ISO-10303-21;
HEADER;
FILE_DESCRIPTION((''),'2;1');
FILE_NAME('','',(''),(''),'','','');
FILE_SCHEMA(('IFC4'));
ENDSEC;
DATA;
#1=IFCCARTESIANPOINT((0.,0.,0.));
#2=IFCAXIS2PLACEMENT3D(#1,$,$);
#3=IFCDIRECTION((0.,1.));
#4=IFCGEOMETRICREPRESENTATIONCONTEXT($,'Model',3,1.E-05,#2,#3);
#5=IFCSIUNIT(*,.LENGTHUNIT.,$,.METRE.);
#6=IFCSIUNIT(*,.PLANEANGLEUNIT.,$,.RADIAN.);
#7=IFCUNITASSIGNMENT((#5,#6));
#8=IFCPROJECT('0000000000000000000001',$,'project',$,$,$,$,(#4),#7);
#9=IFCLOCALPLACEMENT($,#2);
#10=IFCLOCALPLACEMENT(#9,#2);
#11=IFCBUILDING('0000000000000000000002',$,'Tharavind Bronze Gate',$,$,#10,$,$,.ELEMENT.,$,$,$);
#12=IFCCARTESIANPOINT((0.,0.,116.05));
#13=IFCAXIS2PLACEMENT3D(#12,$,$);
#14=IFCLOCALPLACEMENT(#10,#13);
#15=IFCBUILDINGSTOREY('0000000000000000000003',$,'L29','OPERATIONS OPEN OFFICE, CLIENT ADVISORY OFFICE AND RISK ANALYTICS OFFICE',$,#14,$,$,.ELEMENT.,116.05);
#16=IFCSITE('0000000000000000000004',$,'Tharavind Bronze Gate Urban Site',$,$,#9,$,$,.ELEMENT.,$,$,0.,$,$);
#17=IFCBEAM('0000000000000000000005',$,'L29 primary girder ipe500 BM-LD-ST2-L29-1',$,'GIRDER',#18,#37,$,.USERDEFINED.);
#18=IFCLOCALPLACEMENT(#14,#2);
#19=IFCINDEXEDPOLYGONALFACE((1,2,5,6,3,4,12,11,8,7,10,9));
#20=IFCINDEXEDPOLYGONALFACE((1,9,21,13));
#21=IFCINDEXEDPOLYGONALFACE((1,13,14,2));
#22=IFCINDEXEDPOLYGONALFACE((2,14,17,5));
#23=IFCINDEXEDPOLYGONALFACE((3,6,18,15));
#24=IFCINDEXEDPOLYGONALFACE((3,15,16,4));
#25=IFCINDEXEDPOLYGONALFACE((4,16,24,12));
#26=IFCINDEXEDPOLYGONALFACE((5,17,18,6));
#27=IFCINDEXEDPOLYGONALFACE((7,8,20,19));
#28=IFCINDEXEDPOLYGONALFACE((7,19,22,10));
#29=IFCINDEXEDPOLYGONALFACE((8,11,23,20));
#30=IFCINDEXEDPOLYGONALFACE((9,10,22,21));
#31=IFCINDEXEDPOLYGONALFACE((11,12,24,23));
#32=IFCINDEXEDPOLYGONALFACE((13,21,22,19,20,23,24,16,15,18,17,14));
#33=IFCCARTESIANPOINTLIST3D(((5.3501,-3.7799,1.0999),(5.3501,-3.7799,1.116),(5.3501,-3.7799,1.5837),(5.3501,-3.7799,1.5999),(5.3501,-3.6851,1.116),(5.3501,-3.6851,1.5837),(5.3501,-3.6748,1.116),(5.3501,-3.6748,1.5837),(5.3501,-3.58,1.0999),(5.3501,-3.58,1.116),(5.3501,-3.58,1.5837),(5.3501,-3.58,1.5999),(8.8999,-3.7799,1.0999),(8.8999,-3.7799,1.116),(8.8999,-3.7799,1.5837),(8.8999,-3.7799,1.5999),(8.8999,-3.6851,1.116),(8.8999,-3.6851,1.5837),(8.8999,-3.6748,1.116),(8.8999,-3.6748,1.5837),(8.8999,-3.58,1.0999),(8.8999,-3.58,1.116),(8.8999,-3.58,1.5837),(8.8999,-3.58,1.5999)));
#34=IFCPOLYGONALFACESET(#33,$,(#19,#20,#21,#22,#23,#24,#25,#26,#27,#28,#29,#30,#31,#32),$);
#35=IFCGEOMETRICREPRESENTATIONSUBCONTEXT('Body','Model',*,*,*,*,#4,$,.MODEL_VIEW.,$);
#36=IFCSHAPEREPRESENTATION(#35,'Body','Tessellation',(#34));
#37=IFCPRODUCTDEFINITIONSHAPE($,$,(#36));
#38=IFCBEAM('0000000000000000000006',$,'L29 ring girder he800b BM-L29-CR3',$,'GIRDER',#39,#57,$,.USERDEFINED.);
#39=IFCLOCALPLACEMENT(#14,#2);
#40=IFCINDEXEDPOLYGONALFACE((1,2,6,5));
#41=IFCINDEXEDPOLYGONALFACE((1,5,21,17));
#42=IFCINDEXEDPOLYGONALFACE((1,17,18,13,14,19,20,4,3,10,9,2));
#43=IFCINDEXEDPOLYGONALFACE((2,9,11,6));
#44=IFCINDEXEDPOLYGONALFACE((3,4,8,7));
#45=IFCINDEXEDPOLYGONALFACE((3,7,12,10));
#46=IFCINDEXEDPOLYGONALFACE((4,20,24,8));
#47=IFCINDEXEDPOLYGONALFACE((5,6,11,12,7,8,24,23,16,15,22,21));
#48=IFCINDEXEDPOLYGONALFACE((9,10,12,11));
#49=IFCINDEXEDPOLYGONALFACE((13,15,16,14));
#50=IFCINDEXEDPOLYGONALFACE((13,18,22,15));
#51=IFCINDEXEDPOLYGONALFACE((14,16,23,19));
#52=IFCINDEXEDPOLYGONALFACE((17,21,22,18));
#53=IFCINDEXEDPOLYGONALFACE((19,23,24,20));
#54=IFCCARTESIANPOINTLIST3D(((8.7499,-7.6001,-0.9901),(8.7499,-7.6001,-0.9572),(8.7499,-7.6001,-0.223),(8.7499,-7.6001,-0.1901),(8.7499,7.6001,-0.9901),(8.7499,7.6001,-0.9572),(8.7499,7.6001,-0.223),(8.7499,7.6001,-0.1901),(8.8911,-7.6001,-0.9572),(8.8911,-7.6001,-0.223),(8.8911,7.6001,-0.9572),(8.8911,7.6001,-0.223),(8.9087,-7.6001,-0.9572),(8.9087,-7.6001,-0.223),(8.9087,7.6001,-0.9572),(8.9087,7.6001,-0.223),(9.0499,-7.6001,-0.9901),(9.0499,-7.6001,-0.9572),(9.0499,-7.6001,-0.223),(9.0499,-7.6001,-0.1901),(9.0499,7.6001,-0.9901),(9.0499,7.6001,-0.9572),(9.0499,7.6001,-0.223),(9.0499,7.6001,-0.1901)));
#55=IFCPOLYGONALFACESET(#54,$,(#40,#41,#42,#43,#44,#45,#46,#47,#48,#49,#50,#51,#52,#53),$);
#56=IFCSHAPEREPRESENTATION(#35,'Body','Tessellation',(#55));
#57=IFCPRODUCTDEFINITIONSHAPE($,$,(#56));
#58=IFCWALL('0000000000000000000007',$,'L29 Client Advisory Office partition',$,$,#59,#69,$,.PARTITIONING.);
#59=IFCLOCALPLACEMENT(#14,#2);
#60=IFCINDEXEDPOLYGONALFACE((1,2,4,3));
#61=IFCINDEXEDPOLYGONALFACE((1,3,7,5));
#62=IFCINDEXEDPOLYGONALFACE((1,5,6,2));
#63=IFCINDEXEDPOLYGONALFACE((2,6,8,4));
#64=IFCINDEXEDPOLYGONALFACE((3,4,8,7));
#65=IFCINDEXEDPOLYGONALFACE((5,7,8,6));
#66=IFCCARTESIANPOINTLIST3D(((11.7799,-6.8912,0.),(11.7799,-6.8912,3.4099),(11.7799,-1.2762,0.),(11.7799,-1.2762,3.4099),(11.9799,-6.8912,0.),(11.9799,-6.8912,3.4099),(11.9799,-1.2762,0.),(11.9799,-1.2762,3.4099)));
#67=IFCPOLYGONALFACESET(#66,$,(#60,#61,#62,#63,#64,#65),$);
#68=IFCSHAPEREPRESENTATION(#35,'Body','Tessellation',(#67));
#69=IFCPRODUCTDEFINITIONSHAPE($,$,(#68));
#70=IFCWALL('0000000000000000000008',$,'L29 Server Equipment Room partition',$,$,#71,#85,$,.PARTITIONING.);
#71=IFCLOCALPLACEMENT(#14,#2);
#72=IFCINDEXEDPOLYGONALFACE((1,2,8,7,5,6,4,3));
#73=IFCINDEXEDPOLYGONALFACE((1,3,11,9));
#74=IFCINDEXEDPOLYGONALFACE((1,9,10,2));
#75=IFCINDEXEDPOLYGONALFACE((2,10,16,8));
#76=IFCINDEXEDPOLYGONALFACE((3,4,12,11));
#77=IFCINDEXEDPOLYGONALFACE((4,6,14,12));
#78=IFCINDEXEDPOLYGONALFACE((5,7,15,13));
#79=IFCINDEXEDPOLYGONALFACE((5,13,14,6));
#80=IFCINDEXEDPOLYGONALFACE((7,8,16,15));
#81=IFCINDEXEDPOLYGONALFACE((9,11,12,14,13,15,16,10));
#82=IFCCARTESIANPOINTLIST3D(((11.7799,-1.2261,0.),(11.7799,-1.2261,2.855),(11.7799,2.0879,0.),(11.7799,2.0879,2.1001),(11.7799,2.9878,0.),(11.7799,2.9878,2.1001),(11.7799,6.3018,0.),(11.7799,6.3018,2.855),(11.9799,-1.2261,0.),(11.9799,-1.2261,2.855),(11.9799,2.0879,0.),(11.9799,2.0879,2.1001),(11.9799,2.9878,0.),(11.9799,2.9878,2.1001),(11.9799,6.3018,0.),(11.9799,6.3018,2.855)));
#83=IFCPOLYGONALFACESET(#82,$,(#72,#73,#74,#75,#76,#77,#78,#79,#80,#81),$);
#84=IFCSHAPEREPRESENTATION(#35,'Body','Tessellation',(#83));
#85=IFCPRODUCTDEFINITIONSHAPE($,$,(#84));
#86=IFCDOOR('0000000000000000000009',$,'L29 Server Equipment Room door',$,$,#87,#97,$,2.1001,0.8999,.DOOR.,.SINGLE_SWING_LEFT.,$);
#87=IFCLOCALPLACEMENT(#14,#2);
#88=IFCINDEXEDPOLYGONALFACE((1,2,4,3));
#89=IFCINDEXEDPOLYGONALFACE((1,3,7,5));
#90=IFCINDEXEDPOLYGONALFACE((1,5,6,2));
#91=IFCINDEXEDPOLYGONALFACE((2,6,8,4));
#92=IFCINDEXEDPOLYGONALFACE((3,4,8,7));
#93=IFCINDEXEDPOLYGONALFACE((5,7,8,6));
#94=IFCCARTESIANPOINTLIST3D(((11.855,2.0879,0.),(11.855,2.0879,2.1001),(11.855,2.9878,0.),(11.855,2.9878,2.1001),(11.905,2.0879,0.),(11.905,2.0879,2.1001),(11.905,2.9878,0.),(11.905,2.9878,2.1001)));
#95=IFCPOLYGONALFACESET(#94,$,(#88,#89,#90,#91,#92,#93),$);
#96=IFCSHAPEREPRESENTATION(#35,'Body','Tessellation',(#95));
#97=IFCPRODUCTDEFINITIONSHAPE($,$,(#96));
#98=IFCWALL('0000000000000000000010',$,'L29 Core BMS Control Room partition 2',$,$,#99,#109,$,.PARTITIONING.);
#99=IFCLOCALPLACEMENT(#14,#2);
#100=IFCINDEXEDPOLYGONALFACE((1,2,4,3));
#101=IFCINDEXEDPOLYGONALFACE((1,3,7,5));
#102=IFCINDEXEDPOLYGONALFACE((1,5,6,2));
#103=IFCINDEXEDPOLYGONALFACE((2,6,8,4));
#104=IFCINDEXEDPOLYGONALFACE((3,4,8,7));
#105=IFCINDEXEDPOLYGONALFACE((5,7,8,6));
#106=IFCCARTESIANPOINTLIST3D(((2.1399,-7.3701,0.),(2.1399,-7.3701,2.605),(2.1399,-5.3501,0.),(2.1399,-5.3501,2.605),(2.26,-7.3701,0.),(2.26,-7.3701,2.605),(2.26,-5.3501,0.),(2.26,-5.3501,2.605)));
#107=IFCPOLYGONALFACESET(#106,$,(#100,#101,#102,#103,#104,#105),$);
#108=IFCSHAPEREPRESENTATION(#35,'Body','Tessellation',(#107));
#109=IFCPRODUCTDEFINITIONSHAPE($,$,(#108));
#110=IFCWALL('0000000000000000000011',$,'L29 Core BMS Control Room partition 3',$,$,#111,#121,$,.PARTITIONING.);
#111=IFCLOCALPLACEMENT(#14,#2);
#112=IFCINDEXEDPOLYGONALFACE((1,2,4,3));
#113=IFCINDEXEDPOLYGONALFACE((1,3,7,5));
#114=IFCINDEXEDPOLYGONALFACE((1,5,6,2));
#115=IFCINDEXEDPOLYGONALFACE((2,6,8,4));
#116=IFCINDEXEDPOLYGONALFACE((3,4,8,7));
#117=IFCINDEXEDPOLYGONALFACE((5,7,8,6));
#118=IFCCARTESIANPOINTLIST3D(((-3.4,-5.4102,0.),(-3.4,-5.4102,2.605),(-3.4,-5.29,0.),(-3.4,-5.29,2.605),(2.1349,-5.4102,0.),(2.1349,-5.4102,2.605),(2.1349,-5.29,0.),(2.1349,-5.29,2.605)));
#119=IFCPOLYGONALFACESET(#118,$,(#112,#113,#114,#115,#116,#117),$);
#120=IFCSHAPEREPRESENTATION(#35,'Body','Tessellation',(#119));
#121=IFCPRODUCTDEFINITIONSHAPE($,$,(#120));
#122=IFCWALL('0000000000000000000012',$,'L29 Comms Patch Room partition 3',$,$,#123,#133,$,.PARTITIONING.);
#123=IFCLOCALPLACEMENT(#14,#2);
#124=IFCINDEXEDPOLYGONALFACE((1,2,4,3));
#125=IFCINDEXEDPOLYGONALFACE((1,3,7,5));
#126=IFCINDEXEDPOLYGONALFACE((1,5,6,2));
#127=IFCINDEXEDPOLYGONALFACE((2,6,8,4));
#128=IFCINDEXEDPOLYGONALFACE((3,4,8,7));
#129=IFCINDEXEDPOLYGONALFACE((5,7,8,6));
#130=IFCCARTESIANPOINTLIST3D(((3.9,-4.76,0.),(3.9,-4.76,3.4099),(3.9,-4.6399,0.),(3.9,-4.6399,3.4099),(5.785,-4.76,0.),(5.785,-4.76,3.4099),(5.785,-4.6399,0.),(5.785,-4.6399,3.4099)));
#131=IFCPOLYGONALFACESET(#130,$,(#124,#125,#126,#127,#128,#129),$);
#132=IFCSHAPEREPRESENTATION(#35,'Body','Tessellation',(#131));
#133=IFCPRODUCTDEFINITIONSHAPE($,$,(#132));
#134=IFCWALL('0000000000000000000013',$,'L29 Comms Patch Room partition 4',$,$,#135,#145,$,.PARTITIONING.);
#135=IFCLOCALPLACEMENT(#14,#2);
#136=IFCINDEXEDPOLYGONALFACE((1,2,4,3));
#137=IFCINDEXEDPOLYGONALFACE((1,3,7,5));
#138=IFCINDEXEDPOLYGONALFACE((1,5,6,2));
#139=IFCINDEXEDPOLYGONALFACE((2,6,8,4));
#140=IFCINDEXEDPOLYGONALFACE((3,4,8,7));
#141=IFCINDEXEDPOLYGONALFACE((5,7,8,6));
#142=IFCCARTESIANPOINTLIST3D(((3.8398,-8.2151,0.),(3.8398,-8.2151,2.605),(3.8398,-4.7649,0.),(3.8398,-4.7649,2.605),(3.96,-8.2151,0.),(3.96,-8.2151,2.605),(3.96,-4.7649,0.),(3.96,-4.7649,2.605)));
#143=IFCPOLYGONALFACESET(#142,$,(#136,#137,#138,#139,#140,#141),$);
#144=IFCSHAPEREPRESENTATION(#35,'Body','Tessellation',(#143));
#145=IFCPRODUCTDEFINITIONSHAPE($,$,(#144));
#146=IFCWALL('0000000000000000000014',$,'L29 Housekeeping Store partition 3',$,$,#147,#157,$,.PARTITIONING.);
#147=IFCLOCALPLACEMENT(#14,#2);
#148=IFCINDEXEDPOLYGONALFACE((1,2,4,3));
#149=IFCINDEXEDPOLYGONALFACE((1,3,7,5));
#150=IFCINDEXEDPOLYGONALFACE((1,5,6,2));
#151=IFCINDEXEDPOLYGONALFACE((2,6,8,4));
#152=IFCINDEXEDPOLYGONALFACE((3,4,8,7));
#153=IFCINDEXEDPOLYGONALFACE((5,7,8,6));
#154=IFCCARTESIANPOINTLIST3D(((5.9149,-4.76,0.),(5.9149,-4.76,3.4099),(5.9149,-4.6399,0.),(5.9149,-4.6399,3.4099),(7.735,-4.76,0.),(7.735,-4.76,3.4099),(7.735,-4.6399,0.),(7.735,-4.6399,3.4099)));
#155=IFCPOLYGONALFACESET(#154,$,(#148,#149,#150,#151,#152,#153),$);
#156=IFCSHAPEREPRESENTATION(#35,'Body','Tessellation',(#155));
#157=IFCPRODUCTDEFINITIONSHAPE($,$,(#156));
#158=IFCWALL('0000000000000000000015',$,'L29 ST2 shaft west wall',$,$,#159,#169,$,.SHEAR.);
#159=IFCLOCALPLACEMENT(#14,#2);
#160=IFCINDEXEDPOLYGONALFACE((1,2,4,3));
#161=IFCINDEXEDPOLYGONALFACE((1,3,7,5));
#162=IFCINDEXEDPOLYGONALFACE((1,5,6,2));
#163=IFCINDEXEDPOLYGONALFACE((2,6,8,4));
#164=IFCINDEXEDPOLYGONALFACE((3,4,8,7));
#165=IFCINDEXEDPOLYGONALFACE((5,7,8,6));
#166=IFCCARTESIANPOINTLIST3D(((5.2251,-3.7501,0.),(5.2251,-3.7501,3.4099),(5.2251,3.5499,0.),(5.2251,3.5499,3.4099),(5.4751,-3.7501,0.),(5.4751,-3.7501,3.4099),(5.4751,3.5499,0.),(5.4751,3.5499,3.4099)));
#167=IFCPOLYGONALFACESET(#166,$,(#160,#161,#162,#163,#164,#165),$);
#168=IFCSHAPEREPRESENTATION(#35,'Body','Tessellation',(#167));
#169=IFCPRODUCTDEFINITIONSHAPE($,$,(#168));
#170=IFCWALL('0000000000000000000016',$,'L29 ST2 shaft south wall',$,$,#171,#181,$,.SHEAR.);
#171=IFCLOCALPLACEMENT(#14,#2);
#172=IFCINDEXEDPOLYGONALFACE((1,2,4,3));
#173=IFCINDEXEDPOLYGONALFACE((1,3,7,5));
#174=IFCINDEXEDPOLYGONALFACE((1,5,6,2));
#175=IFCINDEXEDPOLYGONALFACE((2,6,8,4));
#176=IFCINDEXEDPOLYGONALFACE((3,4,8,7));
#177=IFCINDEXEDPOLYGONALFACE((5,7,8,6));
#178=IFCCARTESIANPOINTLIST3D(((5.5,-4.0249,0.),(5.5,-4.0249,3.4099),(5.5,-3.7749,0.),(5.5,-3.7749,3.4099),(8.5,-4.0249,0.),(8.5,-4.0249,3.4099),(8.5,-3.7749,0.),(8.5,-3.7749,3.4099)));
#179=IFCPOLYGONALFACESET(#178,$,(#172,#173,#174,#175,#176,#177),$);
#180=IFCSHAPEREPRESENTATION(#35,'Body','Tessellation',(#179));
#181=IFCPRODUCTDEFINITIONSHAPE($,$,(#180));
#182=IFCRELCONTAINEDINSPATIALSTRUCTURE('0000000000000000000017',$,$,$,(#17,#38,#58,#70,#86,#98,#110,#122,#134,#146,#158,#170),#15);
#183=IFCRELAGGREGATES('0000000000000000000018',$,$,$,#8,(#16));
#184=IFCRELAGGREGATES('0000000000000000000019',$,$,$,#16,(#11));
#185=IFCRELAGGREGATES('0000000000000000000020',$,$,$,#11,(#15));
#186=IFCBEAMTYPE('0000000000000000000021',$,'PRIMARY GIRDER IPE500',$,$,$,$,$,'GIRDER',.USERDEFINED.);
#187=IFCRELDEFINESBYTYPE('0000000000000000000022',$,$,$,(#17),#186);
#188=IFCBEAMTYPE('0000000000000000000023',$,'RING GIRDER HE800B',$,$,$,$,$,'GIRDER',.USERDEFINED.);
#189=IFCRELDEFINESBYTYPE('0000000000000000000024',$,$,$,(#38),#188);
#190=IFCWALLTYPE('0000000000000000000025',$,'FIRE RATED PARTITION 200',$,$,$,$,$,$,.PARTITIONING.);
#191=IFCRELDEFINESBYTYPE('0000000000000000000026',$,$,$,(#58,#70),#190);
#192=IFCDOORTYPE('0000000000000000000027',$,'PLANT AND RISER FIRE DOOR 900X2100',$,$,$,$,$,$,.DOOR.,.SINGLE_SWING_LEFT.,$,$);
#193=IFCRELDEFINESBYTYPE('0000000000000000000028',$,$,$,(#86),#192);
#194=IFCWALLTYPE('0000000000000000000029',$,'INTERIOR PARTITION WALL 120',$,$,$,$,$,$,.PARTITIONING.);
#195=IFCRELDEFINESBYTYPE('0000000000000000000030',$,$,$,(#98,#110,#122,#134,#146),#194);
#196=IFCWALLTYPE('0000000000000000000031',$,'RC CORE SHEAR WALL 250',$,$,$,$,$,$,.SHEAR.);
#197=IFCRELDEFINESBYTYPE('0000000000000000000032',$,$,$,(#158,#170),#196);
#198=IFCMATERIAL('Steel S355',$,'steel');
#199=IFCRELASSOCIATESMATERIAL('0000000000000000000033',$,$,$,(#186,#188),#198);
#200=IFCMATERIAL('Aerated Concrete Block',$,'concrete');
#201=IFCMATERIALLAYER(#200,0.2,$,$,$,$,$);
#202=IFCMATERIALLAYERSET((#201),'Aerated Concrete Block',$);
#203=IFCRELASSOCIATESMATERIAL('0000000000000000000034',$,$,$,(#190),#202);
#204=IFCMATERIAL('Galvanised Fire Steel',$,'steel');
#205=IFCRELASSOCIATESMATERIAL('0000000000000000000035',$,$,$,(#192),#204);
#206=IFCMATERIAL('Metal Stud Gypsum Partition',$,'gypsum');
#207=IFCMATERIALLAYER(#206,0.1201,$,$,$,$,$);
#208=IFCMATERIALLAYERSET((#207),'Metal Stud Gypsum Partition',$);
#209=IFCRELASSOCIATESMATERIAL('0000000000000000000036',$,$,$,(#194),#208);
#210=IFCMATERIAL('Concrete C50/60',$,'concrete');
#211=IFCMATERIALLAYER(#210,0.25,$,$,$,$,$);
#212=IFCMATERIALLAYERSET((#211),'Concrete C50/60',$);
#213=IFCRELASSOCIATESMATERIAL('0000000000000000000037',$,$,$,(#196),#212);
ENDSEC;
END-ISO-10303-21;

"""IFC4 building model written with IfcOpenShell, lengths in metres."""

from ifc_helpers import new_model, si_unit, direction, frame, frame_2d, origin, origin_2d, place, context, subcontext, project, spatial, rectangle, i_section, extrude, material, layer, layer_set, material_profile, profile_set, type_object, element, fill, save


model = new_model("IFC4")

# Units and contexts
model_context = context("Model", 3, precision=1e-05, world=origin(), true_north=direction((0.0, 1.0)))
body_context = subcontext(model_context, "Body", "Model", "MODEL_VIEW")
ifc_project = project(units=[si_unit("LENGTHUNIT", "METRE"), si_unit("PLANEANGLEUNIT", "RADIAN")], contexts=[model_context])

# Site, building, storey
site_placement = place(None, origin())
site = spatial("IfcSite", under=ifc_project, at=site_placement, Name="Tharavind Bronze Gate Urban Site", CompositionType="ELEMENT", RefElevation=0.0)
building_placement = place(site_placement, origin())
building = spatial("IfcBuilding", under=site, at=building_placement, Name="Tharavind Bronze Gate", CompositionType="ELEMENT")
storey_placement = place(building_placement, frame((0.0, 0.0, 116.05)))
storey = spatial("IfcBuildingStorey", under=building, at=storey_placement, Name="L29", Description="OPERATIONS OPEN OFFICE, CLIENT ADVISORY OFFICE AND RISK ANALYTICS OFFICE", CompositionType="ELEMENT", Elevation=116.05)

# Beams
ifc_material_1 = material(Name="Steel S355", Category="steel")
ifc_material_profile_1 = material_profile(ifc_material_1, i_section(OverallWidth=0.2, OverallDepth=0.5, WebThickness=0.0103, FlangeThickness=0.0161, at=origin_2d()), Name="IPE500")
ifc_profile_set_1 = profile_set([ifc_material_profile_1], Name="Steel S355")
beam_type_1 = type_object("IfcBeamType", Name="PRIMARY GIRDER IPE500", ElementType="GIRDER", PredefinedType="USERDEFINED", material=ifc_profile_set_1)
beam_1_placement = place(storey_placement, frame((5.3501, -3.6799, 1.3499), z_axis=(1.0, 0.0, 0.0), x_axis=(0.0, 1.0, 0.0)))
element("IfcBeam", 1, at=beam_1_placement, inside=storey, type_object=beam_type_1, Name="L29 primary girder ipe500 BM-LD-ST2-L29-1", ObjectType="GIRDER", PredefinedType="USERDEFINED", context=body_context, shape_type="SweptSolid", body=[
    extrude(i_section(OverallWidth=0.2, OverallDepth=0.5, WebThickness=0.0103, FlangeThickness=0.0161, at=origin_2d()), origin(), (0.0, 0.0, 1.0), 3.5498),
])
ifc_material_profile_2 = material_profile(ifc_material_1, i_section(OverallWidth=0.3, OverallDepth=0.8, WebThickness=0.0176, FlangeThickness=0.033, at=origin_2d()), Name="HE800B")
ifc_profile_set_2 = profile_set([ifc_material_profile_2], Name="Steel S355")
beam_type_2 = type_object("IfcBeamType", Name="RING GIRDER HE800B", ElementType="GIRDER", PredefinedType="USERDEFINED", material=ifc_profile_set_2)
beam_2_placement = place(storey_placement, frame((8.8999, -7.6001, -0.5901), z_axis=(0.0, 1.0, 0.0), x_axis=(-1.0, 0.0, 0.0)))
element("IfcBeam", 2, at=beam_2_placement, inside=storey, type_object=beam_type_2, Name="L29 ring girder he800b BM-L29-CR3", ObjectType="GIRDER", PredefinedType="USERDEFINED", context=body_context, shape_type="SweptSolid", body=[
    extrude(i_section(OverallWidth=0.3, OverallDepth=0.8, WebThickness=0.0176, FlangeThickness=0.033, at=origin_2d()), origin(), (0.0, 0.0, 1.0), 15.2002),
])

# Wall
ifc_material_2 = material(Name="Aerated Concrete Block", Category="concrete")
ifc_layer_1 = layer(ifc_material_2, 0.2)
ifc_layer_set_1 = layer_set([ifc_layer_1], Name="Aerated Concrete Block")
wall_type_1 = type_object("IfcWallType", Name="FIRE RATED PARTITION 200", PredefinedType="PARTITIONING", material=ifc_layer_set_1)
wall_1_placement = place(storey_placement, frame((11.8799, -6.8914, 0.0), z_axis=(0.0, 0.0, 1.0), x_axis=(0.0, 1.0, 0.0)))
element("IfcWall", 3, at=wall_1_placement, inside=storey, type_object=wall_type_1, Name="L29 Client Advisory Office partition", PredefinedType="PARTITIONING", context=body_context, shape_type="SweptSolid", body=[
    extrude(rectangle(XDim=5.615, YDim=0.2, at=frame_2d((2.8076, 0.0))), origin(), (0.0, 0.0, 1.0), 3.4099),
])

# Wall, opening, door
wall_2_placement = place(storey_placement, frame((11.8799, -1.2261, 0.0), z_axis=(0.0, 0.0, 1.0), x_axis=(0.0, 1.0, 0.0)))
wall_2 = element("IfcWall", 4, at=wall_2_placement, inside=storey, type_object=wall_type_1, Name="L29 Server Equipment Room partition", PredefinedType="PARTITIONING", context=body_context, shape_type="SweptSolid", body=[
    extrude(rectangle(XDim=7.5278, YDim=0.2, at=frame_2d((3.7639, 0.0))), origin(), (0.0, 0.0, 1.0), 2.855),
])
opening_1_placement = place(wall_2_placement, frame((3.314, 0.0, 0.0)))
opening_1 = element("IfcOpeningElement", 5, at=opening_1_placement, cuts=wall_2, PredefinedType="OPENING", context=body_context, shape_type="SweptSolid", body=[
    extrude(rectangle(XDim=0.8999, YDim=2.1001, at=frame_2d((0.45, 1.05))), frame((0.0, 0.1101, 0.0), z_axis=(0.0, -1.0, 0.0), x_axis=(1.0, 0.0, 0.0)), (0.0, 0.0, 1.0), 0.22),
])
ifc_material_3 = material(Name="Galvanised Fire Steel", Category="steel")
door_type_1 = type_object("IfcDoorType", Name="PLANT AND RISER FIRE DOOR 900X2100", OperationType="SINGLE_SWING_LEFT", PredefinedType="DOOR", material=ifc_material_3)
door_1_placement = place(opening_1_placement, origin())
door_1 = element("IfcDoor", 6, at=door_1_placement, inside=storey, type_object=door_type_1, Name="L29 Server Equipment Room door", OperationType="SINGLE_SWING_LEFT", OverallHeight=2.1001, OverallWidth=0.8999, PredefinedType="DOOR", context=body_context, shape_type="SweptSolid", body=[
    extrude(rectangle(XDim=0.8999, YDim=2.1001, at=frame_2d((0.45, 1.05))), frame((0.0, 0.0249, 0.0), z_axis=(0.0, -1.0, 0.0), x_axis=(1.0, 0.0, 0.0)), (0.0, 0.0, 1.0), 0.05),
])
fill(opening_1, door_1)

# Walls
ifc_material_4 = material(Name="Metal Stud Gypsum Partition", Category="gypsum")
ifc_layer_2 = layer(ifc_material_4, 0.1201)
ifc_layer_set_2 = layer_set([ifc_layer_2], Name="Metal Stud Gypsum Partition")
wall_type_2 = type_object("IfcWallType", Name="INTERIOR PARTITION WALL 120", PredefinedType="PARTITIONING", material=ifc_layer_set_2)
wall_3_placement = place(storey_placement, frame((2.2, -7.3701, 0.0), z_axis=(0.0, 0.0, 1.0), x_axis=(0.0, 1.0, 0.0)))
element("IfcWall", 7, at=wall_3_placement, inside=storey, type_object=wall_type_2, Name="L29 Core BMS Control Room partition 2", PredefinedType="PARTITIONING", context=body_context, shape_type="SweptSolid", body=[
    extrude(rectangle(XDim=2.02, YDim=0.1201, at=frame_2d((1.01, 0.0))), origin(), (0.0, 0.0, 1.0), 2.605),
])
wall_4_placement = place(storey_placement, frame((2.135, -5.3501, 0.0), z_axis=(0.0, 0.0, 1.0), x_axis=(-1.0, 0.0, 0.0)))
element("IfcWall", 8, at=wall_4_placement, inside=storey, type_object=wall_type_2, Name="L29 Core BMS Control Room partition 3", PredefinedType="PARTITIONING", context=body_context, shape_type="SweptSolid", body=[
    extrude(rectangle(XDim=5.5349, YDim=0.1201, at=frame_2d((2.7676, 0.0))), origin(), (0.0, 0.0, 1.0), 2.605),
])
wall_5_placement = place(storey_placement, frame((5.7849, -4.7, 0.0), z_axis=(0.0, 0.0, 1.0), x_axis=(-1.0, 0.0, 0.0)))
element("IfcWall", 9, at=wall_5_placement, inside=storey, type_object=wall_type_2, Name="L29 Comms Patch Room partition 3", PredefinedType="PARTITIONING", context=body_context, shape_type="SweptSolid", body=[
    extrude(rectangle(XDim=1.885, YDim=0.1201, at=frame_2d((0.9424, 0.0))), origin(), (0.0, 0.0, 1.0), 3.4099),
])
wall_6_placement = place(storey_placement, frame((3.8999, -4.7649, 0.0), z_axis=(0.0, 0.0, 1.0), x_axis=(0.0, -1.0, 0.0)))
element("IfcWall", 10, at=wall_6_placement, inside=storey, type_object=wall_type_2, Name="L29 Comms Patch Room partition 4", PredefinedType="PARTITIONING", context=body_context, shape_type="SweptSolid", body=[
    extrude(rectangle(XDim=3.4502, YDim=0.1201, at=frame_2d((1.7251, 0.0))), origin(), (0.0, 0.0, 1.0), 2.605),
])
wall_7_placement = place(storey_placement, frame((7.7351, -4.7, 0.0), z_axis=(0.0, 0.0, 1.0), x_axis=(-1.0, 0.0, 0.0)))
element("IfcWall", 11, at=wall_7_placement, inside=storey, type_object=wall_type_2, Name="L29 Housekeeping Store partition 3", PredefinedType="PARTITIONING", context=body_context, shape_type="SweptSolid", body=[
    extrude(rectangle(XDim=1.8201, YDim=0.1201, at=frame_2d((0.9102, 0.0))), origin(), (0.0, 0.0, 1.0), 3.4099),
])
ifc_material_5 = material(Name="Concrete C50/60", Category="concrete")
ifc_layer_3 = layer(ifc_material_5, 0.25)
ifc_layer_set_3 = layer_set([ifc_layer_3], Name="Concrete C50/60")
wall_type_3 = type_object("IfcWallType", Name="RC CORE SHEAR WALL 250", PredefinedType="SHEAR", material=ifc_layer_set_3)
wall_8_placement = place(storey_placement, frame((5.3501, -3.75, 0.0), z_axis=(0.0, 0.0, 1.0), x_axis=(0.0, 1.0, 0.0)))
element("IfcWall", 12, at=wall_8_placement, inside=storey, type_object=wall_type_3, Name="L29 ST2 shaft west wall", PredefinedType="SHEAR", context=body_context, shape_type="SweptSolid", body=[
    extrude(rectangle(XDim=7.3, YDim=0.25, at=frame_2d((3.6499, 0.0))), origin(), (0.0, 0.0, 1.0), 3.4099),
])
wall_9_placement = place(storey_placement, frame((5.5, -3.8999, 0.0), z_axis=(0.0, 0.0, 1.0), x_axis=(1.0, 0.0, 0.0)))
element("IfcWall", 13, at=wall_9_placement, inside=storey, type_object=wall_type_3, Name="L29 ST2 shaft south wall", PredefinedType="SHEAR", context=body_context, shape_type="SweptSolid", body=[
    extrude(rectangle(XDim=3.0, YDim=0.25, at=frame_2d((1.5, 0.0))), origin(), (0.0, 0.0, 1.0), 3.4099),
])

save(model, "model.ifc")
